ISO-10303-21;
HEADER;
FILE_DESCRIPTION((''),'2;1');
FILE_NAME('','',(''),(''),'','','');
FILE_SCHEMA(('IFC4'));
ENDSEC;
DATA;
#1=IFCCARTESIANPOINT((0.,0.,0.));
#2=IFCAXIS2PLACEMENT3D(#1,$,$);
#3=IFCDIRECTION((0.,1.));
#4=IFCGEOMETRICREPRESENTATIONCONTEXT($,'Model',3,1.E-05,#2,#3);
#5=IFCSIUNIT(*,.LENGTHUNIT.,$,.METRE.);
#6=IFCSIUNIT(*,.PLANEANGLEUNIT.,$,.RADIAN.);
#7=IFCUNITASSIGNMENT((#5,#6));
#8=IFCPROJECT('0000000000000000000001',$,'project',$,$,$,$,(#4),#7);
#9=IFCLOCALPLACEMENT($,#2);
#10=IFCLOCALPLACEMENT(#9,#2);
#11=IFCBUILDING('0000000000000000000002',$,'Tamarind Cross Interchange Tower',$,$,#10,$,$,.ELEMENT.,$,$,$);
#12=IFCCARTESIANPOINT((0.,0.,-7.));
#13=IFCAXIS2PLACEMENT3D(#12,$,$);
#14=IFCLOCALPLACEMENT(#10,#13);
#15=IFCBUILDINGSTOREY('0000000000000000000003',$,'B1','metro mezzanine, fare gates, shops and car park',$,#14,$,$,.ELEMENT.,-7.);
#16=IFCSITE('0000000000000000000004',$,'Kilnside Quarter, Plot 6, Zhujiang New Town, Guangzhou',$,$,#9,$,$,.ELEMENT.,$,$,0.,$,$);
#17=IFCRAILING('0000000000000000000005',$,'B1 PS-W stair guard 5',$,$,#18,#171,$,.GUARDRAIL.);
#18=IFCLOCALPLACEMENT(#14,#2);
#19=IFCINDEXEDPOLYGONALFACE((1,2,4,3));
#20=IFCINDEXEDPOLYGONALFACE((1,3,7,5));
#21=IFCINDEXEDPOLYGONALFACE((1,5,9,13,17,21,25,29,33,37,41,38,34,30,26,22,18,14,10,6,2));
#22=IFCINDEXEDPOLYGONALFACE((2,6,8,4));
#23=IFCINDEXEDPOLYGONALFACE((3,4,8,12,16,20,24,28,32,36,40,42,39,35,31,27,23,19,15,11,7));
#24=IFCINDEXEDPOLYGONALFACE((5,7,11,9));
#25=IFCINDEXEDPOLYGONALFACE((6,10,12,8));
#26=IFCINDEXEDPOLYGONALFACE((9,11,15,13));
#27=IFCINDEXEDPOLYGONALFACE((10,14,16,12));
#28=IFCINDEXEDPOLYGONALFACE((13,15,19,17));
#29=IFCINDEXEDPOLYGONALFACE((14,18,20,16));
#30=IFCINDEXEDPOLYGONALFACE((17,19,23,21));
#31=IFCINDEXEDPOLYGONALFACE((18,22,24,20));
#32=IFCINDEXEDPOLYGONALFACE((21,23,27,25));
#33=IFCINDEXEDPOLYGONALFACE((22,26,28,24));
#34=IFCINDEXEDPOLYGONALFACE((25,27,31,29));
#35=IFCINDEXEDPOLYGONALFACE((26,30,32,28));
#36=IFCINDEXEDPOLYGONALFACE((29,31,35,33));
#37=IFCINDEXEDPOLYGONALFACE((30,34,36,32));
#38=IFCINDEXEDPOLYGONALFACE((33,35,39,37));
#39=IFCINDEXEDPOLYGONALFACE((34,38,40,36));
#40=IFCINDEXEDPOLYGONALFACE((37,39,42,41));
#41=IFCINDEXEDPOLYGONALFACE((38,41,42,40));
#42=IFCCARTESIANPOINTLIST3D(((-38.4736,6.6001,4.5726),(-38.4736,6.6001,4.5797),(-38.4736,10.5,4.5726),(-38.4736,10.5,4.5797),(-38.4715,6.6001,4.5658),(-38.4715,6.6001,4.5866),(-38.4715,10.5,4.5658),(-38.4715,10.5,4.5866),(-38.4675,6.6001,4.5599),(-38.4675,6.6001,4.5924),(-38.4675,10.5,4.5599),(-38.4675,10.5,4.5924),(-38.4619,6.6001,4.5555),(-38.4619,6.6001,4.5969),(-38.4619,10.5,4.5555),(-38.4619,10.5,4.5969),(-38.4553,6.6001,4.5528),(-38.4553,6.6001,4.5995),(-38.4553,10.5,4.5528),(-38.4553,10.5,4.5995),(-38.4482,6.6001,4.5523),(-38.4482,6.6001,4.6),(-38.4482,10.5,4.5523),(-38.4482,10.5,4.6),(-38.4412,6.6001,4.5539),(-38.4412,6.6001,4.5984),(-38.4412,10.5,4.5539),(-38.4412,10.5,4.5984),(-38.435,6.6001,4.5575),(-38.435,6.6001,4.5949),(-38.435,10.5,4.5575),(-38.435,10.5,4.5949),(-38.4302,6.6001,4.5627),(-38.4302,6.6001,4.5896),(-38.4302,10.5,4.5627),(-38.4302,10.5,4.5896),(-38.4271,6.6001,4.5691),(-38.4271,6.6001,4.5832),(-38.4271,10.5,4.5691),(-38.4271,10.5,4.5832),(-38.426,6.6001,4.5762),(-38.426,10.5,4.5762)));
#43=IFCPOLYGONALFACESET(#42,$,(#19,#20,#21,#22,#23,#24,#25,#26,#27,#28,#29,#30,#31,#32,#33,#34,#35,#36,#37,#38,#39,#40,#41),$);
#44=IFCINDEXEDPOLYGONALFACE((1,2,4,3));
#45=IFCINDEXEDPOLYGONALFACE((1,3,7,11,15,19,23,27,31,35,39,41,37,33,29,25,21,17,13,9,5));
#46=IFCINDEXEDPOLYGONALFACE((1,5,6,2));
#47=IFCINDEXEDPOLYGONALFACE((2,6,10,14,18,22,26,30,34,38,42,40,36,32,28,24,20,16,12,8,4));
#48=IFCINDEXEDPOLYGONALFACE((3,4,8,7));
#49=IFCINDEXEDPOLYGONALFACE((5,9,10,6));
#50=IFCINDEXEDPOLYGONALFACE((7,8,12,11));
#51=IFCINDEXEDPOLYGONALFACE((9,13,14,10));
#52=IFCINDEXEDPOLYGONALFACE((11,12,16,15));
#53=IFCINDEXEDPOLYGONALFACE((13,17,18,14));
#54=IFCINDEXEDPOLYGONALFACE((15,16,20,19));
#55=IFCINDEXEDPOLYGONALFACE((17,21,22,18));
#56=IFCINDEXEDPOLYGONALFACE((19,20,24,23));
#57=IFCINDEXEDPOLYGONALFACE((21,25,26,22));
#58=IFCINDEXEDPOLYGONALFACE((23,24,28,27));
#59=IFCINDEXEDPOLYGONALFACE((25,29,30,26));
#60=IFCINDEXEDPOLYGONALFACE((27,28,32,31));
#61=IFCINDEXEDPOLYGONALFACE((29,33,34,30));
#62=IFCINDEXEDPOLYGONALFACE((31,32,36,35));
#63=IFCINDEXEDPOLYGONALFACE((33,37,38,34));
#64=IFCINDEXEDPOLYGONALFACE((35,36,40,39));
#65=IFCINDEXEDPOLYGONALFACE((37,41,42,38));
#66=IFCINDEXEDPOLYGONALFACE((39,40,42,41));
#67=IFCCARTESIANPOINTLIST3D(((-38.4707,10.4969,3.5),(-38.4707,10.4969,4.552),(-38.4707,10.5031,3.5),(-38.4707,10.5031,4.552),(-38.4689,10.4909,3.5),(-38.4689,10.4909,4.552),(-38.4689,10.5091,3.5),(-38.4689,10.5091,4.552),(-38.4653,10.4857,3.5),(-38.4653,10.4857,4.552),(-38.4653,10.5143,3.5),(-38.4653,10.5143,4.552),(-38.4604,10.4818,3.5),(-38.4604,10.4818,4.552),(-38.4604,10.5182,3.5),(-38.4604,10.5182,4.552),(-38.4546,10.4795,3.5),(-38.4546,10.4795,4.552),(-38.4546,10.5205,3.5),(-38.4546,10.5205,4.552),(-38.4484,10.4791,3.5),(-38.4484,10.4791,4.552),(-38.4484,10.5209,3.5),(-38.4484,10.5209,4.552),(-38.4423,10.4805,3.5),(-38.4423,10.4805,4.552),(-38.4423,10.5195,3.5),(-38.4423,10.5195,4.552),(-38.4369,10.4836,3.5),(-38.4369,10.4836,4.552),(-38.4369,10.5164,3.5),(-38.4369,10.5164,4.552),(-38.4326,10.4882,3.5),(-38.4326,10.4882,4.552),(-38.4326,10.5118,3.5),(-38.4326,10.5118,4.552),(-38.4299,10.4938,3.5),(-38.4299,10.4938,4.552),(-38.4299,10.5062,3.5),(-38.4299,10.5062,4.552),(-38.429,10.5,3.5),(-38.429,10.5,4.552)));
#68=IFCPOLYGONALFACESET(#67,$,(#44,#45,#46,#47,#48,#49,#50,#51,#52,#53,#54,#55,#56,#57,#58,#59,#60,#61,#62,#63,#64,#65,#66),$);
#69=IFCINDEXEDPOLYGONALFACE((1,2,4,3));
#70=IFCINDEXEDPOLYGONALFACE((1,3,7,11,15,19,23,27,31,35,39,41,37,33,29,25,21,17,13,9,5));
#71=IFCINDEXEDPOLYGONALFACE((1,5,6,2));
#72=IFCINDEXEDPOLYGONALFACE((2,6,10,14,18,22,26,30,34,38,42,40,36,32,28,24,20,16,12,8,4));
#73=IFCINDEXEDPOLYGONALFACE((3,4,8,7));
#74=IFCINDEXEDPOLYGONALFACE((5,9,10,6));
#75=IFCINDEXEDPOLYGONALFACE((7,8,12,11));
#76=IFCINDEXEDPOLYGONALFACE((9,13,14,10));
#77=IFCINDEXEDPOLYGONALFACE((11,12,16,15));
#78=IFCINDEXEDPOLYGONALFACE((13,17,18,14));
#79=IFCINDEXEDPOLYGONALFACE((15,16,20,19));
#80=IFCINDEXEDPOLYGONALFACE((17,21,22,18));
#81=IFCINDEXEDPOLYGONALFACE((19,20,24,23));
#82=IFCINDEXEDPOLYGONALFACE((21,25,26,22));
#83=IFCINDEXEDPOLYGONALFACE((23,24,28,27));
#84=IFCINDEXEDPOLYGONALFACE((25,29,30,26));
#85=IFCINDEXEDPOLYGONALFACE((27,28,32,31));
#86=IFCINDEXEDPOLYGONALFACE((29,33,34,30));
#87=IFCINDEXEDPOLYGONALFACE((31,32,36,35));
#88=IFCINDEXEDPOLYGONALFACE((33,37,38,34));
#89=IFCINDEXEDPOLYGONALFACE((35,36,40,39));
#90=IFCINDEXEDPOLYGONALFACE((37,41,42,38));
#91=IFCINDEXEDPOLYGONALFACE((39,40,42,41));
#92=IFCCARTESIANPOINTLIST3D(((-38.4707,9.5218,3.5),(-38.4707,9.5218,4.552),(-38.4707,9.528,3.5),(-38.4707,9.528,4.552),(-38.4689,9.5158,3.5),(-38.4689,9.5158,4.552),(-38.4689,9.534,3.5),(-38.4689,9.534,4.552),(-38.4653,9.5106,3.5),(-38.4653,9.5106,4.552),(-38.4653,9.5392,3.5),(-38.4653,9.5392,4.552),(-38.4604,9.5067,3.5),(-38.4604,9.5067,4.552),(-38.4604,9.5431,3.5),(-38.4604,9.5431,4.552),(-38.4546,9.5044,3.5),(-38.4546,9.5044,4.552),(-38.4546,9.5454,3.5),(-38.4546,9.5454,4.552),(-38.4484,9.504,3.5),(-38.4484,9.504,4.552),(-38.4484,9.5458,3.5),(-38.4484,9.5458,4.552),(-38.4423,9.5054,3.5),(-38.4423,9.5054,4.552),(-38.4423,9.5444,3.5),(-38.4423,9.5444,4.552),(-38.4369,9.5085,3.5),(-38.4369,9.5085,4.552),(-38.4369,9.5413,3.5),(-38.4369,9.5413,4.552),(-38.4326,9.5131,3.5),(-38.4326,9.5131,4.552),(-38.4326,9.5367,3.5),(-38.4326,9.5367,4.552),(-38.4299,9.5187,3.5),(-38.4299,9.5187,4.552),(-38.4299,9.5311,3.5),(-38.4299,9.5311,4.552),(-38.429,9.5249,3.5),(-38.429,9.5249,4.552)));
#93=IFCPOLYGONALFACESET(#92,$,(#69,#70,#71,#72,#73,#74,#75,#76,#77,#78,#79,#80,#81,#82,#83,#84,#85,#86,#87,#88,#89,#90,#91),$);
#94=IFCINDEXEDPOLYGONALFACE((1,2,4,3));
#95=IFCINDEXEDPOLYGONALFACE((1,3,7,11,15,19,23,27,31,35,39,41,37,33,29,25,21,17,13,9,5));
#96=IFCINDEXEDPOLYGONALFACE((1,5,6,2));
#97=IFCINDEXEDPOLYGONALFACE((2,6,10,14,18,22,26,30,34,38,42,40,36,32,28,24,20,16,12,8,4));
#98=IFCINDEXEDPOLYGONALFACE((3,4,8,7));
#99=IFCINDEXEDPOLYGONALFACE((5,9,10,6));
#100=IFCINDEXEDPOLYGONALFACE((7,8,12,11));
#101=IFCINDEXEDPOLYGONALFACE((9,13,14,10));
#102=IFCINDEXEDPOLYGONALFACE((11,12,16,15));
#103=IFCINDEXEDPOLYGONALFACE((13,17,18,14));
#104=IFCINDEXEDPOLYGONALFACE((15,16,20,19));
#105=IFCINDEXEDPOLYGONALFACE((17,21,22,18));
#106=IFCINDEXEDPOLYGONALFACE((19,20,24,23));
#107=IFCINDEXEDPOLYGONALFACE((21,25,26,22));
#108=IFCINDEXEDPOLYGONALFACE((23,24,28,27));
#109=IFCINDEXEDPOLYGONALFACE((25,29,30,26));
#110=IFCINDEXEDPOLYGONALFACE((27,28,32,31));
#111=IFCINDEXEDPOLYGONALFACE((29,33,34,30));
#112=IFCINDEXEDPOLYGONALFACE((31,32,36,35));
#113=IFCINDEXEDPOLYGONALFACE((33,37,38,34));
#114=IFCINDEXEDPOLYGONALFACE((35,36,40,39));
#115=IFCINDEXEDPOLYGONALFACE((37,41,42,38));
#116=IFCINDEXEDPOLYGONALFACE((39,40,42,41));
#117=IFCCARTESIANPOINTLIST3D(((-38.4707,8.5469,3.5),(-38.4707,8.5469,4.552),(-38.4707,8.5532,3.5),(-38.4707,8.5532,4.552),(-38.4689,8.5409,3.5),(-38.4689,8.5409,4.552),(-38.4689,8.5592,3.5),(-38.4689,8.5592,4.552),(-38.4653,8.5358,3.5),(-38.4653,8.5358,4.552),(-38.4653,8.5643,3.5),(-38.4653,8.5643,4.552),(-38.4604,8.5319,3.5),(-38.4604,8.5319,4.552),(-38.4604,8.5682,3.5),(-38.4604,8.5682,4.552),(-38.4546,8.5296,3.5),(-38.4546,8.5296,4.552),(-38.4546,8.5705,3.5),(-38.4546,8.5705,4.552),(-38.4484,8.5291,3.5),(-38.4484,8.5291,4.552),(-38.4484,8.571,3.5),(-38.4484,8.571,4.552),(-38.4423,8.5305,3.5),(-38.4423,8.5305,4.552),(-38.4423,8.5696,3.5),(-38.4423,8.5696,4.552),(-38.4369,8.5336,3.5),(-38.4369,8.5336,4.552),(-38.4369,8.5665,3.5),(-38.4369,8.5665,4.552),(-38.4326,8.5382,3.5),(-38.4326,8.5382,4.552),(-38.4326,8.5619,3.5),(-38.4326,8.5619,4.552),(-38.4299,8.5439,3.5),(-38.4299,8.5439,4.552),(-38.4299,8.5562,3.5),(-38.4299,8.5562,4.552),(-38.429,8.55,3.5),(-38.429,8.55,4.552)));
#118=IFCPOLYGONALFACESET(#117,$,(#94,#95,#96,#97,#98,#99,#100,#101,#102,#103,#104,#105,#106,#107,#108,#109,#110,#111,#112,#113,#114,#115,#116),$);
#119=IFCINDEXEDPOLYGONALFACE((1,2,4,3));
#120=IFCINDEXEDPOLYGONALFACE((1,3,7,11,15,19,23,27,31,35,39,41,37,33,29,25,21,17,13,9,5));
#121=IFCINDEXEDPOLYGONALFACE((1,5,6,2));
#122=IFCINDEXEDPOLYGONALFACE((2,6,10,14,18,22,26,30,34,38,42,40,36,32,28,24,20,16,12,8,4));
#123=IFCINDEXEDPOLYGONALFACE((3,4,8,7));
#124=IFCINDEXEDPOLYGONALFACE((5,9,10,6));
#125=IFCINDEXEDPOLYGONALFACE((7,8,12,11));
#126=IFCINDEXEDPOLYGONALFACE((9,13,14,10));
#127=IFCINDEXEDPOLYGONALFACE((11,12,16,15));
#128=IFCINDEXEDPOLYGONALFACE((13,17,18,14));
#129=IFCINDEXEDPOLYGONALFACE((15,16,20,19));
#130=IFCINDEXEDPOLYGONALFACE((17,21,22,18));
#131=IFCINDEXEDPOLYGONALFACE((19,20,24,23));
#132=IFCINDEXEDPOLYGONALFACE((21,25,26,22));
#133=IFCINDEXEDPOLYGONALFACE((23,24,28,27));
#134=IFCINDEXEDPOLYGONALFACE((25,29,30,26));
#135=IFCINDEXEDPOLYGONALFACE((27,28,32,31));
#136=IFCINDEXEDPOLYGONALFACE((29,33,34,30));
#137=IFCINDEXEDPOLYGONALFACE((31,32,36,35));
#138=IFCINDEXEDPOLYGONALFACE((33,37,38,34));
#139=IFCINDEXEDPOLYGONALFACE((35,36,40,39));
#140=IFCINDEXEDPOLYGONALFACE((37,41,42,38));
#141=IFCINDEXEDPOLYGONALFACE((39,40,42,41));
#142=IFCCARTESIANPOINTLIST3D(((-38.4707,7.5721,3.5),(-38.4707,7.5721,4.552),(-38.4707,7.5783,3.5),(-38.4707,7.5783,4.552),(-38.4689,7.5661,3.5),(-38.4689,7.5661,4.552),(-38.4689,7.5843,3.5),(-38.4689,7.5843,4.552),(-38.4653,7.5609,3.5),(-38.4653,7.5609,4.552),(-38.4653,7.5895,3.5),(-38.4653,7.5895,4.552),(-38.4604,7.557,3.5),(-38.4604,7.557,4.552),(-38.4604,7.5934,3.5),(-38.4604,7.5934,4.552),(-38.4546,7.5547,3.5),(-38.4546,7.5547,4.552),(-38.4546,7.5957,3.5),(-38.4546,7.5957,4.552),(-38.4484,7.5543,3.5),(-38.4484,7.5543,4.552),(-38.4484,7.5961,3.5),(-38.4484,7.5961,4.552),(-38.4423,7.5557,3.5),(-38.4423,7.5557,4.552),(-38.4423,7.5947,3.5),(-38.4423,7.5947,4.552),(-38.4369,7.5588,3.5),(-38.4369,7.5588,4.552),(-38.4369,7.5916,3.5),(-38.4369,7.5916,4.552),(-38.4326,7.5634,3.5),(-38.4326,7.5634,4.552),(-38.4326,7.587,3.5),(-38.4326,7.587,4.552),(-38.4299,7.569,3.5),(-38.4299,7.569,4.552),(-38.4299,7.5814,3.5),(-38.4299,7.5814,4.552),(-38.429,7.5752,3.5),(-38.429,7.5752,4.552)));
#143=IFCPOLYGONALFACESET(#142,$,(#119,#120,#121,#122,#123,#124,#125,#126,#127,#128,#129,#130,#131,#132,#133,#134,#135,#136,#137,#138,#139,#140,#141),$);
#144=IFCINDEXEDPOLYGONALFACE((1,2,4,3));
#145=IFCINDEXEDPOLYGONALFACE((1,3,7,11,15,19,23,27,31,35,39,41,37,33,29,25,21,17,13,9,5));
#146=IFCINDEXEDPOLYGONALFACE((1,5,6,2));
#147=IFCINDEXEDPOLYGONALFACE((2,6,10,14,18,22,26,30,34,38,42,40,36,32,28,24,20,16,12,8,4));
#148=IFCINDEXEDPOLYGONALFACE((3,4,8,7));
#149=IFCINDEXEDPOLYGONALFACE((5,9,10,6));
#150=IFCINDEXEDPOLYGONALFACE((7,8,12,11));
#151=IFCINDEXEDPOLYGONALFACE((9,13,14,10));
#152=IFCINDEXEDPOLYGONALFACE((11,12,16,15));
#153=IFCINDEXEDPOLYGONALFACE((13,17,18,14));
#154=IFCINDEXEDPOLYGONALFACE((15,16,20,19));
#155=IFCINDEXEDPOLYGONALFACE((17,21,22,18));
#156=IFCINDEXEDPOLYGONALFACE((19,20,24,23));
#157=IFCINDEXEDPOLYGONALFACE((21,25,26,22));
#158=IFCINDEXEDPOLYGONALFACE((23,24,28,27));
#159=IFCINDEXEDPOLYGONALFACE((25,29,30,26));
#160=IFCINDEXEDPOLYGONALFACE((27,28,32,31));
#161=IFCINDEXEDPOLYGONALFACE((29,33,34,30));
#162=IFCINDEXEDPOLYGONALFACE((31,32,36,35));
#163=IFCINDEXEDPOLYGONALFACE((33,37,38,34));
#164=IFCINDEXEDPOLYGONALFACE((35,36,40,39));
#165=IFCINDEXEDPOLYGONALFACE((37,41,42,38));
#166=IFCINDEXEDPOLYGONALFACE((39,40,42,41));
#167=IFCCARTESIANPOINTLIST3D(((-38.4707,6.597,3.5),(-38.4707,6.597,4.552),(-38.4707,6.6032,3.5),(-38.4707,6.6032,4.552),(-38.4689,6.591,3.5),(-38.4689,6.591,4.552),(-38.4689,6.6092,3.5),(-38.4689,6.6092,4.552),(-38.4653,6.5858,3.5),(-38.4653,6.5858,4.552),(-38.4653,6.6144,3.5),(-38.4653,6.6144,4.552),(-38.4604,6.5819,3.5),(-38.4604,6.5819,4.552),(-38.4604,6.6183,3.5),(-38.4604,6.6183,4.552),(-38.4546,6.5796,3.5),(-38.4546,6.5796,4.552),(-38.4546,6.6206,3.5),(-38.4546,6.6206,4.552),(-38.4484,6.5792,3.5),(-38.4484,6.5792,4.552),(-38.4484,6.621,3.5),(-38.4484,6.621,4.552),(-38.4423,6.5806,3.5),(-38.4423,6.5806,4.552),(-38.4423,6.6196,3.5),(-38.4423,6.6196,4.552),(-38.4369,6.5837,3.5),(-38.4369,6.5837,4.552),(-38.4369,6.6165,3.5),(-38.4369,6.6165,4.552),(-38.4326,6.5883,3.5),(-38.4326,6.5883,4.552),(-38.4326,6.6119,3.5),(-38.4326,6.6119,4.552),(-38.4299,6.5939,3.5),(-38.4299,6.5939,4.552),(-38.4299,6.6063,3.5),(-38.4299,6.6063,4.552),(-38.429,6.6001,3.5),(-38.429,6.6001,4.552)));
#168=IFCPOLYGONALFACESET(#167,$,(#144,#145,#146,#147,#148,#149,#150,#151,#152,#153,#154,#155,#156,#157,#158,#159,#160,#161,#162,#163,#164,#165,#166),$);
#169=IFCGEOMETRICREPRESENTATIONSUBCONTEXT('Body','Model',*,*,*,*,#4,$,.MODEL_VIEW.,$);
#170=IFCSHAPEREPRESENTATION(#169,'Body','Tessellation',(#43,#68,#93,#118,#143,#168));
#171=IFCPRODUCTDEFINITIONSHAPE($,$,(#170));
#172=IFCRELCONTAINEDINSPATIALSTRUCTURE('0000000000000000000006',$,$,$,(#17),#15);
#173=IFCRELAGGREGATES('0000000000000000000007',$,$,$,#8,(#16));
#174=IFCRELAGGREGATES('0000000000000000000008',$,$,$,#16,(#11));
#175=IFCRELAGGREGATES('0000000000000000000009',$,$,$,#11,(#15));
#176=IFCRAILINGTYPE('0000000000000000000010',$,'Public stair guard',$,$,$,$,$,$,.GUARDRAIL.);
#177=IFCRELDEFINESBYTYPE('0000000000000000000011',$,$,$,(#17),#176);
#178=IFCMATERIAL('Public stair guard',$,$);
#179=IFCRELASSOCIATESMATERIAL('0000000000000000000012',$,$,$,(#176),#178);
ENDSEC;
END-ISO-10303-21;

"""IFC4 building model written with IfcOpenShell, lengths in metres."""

from ifc_helpers import new_model, si_unit, direction, frame, origin, origin_2d, place, context, subcontext, project, spatial, circle, extrude, material, type_object, element, save


model = new_model("IFC4")

# Units and contexts
model_context = context("Model", 3, precision=1e-05, world=origin(), true_north=direction((0.0, 1.0)))
body_context = subcontext(model_context, "Body", "Model", "MODEL_VIEW")
ifc_project = project(units=[si_unit("LENGTHUNIT", "METRE"), si_unit("PLANEANGLEUNIT", "RADIAN")], contexts=[model_context])

# Site, building, storey
site_placement = place(None, origin())
site = spatial("IfcSite", under=ifc_project, at=site_placement, Name="Kilnside Quarter, Plot 6, Zhujiang New Town, Guangzhou", CompositionType="ELEMENT", RefElevation=0.0)
building_placement = place(site_placement, origin())
building = spatial("IfcBuilding", under=site, at=building_placement, Name="Tamarind Cross Interchange Tower", CompositionType="ELEMENT")
storey_placement = place(building_placement, frame((0.0, 0.0, -7.0)))
storey = spatial("IfcBuildingStorey", under=building, at=storey_placement, Name="B1", Description="metro mezzanine, fare gates, shops and car park", CompositionType="ELEMENT", Elevation=-7.0)

# Railing
ifc_material_1 = material(Name="Public stair guard")
railing_type_1 = type_object("IfcRailingType", Name="Public stair guard", PredefinedType="GUARDRAIL", material=ifc_material_1)
railing_1_placement = place(storey_placement, frame((-38.45, 10.5, 3.5)))
element("IfcRailing", 1, at=railing_1_placement, inside=storey, type_object=railing_type_1, Name="B1 PS-W stair guard 5", PredefinedType="GUARDRAIL", context=body_context, shape_type="SweptSolid", body=[
    extrude(circle(Radius=0.0239, at=origin_2d()), frame((0.0, 0.0, 1.0762), z_axis=(0.0, -1.0, 0.0), x_axis=(1.0, 0.0, 0.0)), (0.0, 0.0, 1.0), 3.8999),
    extrude(circle(Radius=0.021, at=origin_2d()), origin(), (0.0, 0.0, 1.0), 1.052),
    extrude(circle(Radius=0.021, at=origin_2d()), frame((0.0, -0.9751, 0.0)), (0.0, 0.0, 1.0), 1.052),
    extrude(circle(Radius=0.021, at=origin_2d()), frame((0.0, -1.95, 0.0)), (0.0, 0.0, 1.0), 1.052),
    extrude(circle(Radius=0.021, at=origin_2d()), frame((0.0, -2.9248, 0.0)), (0.0, 0.0, 1.0), 1.052),
    extrude(circle(Radius=0.021, at=origin_2d()), frame((0.0, -3.8999, 0.0)), (0.0, 0.0, 1.0), 1.052),
])

save(model, "model.ifc")
